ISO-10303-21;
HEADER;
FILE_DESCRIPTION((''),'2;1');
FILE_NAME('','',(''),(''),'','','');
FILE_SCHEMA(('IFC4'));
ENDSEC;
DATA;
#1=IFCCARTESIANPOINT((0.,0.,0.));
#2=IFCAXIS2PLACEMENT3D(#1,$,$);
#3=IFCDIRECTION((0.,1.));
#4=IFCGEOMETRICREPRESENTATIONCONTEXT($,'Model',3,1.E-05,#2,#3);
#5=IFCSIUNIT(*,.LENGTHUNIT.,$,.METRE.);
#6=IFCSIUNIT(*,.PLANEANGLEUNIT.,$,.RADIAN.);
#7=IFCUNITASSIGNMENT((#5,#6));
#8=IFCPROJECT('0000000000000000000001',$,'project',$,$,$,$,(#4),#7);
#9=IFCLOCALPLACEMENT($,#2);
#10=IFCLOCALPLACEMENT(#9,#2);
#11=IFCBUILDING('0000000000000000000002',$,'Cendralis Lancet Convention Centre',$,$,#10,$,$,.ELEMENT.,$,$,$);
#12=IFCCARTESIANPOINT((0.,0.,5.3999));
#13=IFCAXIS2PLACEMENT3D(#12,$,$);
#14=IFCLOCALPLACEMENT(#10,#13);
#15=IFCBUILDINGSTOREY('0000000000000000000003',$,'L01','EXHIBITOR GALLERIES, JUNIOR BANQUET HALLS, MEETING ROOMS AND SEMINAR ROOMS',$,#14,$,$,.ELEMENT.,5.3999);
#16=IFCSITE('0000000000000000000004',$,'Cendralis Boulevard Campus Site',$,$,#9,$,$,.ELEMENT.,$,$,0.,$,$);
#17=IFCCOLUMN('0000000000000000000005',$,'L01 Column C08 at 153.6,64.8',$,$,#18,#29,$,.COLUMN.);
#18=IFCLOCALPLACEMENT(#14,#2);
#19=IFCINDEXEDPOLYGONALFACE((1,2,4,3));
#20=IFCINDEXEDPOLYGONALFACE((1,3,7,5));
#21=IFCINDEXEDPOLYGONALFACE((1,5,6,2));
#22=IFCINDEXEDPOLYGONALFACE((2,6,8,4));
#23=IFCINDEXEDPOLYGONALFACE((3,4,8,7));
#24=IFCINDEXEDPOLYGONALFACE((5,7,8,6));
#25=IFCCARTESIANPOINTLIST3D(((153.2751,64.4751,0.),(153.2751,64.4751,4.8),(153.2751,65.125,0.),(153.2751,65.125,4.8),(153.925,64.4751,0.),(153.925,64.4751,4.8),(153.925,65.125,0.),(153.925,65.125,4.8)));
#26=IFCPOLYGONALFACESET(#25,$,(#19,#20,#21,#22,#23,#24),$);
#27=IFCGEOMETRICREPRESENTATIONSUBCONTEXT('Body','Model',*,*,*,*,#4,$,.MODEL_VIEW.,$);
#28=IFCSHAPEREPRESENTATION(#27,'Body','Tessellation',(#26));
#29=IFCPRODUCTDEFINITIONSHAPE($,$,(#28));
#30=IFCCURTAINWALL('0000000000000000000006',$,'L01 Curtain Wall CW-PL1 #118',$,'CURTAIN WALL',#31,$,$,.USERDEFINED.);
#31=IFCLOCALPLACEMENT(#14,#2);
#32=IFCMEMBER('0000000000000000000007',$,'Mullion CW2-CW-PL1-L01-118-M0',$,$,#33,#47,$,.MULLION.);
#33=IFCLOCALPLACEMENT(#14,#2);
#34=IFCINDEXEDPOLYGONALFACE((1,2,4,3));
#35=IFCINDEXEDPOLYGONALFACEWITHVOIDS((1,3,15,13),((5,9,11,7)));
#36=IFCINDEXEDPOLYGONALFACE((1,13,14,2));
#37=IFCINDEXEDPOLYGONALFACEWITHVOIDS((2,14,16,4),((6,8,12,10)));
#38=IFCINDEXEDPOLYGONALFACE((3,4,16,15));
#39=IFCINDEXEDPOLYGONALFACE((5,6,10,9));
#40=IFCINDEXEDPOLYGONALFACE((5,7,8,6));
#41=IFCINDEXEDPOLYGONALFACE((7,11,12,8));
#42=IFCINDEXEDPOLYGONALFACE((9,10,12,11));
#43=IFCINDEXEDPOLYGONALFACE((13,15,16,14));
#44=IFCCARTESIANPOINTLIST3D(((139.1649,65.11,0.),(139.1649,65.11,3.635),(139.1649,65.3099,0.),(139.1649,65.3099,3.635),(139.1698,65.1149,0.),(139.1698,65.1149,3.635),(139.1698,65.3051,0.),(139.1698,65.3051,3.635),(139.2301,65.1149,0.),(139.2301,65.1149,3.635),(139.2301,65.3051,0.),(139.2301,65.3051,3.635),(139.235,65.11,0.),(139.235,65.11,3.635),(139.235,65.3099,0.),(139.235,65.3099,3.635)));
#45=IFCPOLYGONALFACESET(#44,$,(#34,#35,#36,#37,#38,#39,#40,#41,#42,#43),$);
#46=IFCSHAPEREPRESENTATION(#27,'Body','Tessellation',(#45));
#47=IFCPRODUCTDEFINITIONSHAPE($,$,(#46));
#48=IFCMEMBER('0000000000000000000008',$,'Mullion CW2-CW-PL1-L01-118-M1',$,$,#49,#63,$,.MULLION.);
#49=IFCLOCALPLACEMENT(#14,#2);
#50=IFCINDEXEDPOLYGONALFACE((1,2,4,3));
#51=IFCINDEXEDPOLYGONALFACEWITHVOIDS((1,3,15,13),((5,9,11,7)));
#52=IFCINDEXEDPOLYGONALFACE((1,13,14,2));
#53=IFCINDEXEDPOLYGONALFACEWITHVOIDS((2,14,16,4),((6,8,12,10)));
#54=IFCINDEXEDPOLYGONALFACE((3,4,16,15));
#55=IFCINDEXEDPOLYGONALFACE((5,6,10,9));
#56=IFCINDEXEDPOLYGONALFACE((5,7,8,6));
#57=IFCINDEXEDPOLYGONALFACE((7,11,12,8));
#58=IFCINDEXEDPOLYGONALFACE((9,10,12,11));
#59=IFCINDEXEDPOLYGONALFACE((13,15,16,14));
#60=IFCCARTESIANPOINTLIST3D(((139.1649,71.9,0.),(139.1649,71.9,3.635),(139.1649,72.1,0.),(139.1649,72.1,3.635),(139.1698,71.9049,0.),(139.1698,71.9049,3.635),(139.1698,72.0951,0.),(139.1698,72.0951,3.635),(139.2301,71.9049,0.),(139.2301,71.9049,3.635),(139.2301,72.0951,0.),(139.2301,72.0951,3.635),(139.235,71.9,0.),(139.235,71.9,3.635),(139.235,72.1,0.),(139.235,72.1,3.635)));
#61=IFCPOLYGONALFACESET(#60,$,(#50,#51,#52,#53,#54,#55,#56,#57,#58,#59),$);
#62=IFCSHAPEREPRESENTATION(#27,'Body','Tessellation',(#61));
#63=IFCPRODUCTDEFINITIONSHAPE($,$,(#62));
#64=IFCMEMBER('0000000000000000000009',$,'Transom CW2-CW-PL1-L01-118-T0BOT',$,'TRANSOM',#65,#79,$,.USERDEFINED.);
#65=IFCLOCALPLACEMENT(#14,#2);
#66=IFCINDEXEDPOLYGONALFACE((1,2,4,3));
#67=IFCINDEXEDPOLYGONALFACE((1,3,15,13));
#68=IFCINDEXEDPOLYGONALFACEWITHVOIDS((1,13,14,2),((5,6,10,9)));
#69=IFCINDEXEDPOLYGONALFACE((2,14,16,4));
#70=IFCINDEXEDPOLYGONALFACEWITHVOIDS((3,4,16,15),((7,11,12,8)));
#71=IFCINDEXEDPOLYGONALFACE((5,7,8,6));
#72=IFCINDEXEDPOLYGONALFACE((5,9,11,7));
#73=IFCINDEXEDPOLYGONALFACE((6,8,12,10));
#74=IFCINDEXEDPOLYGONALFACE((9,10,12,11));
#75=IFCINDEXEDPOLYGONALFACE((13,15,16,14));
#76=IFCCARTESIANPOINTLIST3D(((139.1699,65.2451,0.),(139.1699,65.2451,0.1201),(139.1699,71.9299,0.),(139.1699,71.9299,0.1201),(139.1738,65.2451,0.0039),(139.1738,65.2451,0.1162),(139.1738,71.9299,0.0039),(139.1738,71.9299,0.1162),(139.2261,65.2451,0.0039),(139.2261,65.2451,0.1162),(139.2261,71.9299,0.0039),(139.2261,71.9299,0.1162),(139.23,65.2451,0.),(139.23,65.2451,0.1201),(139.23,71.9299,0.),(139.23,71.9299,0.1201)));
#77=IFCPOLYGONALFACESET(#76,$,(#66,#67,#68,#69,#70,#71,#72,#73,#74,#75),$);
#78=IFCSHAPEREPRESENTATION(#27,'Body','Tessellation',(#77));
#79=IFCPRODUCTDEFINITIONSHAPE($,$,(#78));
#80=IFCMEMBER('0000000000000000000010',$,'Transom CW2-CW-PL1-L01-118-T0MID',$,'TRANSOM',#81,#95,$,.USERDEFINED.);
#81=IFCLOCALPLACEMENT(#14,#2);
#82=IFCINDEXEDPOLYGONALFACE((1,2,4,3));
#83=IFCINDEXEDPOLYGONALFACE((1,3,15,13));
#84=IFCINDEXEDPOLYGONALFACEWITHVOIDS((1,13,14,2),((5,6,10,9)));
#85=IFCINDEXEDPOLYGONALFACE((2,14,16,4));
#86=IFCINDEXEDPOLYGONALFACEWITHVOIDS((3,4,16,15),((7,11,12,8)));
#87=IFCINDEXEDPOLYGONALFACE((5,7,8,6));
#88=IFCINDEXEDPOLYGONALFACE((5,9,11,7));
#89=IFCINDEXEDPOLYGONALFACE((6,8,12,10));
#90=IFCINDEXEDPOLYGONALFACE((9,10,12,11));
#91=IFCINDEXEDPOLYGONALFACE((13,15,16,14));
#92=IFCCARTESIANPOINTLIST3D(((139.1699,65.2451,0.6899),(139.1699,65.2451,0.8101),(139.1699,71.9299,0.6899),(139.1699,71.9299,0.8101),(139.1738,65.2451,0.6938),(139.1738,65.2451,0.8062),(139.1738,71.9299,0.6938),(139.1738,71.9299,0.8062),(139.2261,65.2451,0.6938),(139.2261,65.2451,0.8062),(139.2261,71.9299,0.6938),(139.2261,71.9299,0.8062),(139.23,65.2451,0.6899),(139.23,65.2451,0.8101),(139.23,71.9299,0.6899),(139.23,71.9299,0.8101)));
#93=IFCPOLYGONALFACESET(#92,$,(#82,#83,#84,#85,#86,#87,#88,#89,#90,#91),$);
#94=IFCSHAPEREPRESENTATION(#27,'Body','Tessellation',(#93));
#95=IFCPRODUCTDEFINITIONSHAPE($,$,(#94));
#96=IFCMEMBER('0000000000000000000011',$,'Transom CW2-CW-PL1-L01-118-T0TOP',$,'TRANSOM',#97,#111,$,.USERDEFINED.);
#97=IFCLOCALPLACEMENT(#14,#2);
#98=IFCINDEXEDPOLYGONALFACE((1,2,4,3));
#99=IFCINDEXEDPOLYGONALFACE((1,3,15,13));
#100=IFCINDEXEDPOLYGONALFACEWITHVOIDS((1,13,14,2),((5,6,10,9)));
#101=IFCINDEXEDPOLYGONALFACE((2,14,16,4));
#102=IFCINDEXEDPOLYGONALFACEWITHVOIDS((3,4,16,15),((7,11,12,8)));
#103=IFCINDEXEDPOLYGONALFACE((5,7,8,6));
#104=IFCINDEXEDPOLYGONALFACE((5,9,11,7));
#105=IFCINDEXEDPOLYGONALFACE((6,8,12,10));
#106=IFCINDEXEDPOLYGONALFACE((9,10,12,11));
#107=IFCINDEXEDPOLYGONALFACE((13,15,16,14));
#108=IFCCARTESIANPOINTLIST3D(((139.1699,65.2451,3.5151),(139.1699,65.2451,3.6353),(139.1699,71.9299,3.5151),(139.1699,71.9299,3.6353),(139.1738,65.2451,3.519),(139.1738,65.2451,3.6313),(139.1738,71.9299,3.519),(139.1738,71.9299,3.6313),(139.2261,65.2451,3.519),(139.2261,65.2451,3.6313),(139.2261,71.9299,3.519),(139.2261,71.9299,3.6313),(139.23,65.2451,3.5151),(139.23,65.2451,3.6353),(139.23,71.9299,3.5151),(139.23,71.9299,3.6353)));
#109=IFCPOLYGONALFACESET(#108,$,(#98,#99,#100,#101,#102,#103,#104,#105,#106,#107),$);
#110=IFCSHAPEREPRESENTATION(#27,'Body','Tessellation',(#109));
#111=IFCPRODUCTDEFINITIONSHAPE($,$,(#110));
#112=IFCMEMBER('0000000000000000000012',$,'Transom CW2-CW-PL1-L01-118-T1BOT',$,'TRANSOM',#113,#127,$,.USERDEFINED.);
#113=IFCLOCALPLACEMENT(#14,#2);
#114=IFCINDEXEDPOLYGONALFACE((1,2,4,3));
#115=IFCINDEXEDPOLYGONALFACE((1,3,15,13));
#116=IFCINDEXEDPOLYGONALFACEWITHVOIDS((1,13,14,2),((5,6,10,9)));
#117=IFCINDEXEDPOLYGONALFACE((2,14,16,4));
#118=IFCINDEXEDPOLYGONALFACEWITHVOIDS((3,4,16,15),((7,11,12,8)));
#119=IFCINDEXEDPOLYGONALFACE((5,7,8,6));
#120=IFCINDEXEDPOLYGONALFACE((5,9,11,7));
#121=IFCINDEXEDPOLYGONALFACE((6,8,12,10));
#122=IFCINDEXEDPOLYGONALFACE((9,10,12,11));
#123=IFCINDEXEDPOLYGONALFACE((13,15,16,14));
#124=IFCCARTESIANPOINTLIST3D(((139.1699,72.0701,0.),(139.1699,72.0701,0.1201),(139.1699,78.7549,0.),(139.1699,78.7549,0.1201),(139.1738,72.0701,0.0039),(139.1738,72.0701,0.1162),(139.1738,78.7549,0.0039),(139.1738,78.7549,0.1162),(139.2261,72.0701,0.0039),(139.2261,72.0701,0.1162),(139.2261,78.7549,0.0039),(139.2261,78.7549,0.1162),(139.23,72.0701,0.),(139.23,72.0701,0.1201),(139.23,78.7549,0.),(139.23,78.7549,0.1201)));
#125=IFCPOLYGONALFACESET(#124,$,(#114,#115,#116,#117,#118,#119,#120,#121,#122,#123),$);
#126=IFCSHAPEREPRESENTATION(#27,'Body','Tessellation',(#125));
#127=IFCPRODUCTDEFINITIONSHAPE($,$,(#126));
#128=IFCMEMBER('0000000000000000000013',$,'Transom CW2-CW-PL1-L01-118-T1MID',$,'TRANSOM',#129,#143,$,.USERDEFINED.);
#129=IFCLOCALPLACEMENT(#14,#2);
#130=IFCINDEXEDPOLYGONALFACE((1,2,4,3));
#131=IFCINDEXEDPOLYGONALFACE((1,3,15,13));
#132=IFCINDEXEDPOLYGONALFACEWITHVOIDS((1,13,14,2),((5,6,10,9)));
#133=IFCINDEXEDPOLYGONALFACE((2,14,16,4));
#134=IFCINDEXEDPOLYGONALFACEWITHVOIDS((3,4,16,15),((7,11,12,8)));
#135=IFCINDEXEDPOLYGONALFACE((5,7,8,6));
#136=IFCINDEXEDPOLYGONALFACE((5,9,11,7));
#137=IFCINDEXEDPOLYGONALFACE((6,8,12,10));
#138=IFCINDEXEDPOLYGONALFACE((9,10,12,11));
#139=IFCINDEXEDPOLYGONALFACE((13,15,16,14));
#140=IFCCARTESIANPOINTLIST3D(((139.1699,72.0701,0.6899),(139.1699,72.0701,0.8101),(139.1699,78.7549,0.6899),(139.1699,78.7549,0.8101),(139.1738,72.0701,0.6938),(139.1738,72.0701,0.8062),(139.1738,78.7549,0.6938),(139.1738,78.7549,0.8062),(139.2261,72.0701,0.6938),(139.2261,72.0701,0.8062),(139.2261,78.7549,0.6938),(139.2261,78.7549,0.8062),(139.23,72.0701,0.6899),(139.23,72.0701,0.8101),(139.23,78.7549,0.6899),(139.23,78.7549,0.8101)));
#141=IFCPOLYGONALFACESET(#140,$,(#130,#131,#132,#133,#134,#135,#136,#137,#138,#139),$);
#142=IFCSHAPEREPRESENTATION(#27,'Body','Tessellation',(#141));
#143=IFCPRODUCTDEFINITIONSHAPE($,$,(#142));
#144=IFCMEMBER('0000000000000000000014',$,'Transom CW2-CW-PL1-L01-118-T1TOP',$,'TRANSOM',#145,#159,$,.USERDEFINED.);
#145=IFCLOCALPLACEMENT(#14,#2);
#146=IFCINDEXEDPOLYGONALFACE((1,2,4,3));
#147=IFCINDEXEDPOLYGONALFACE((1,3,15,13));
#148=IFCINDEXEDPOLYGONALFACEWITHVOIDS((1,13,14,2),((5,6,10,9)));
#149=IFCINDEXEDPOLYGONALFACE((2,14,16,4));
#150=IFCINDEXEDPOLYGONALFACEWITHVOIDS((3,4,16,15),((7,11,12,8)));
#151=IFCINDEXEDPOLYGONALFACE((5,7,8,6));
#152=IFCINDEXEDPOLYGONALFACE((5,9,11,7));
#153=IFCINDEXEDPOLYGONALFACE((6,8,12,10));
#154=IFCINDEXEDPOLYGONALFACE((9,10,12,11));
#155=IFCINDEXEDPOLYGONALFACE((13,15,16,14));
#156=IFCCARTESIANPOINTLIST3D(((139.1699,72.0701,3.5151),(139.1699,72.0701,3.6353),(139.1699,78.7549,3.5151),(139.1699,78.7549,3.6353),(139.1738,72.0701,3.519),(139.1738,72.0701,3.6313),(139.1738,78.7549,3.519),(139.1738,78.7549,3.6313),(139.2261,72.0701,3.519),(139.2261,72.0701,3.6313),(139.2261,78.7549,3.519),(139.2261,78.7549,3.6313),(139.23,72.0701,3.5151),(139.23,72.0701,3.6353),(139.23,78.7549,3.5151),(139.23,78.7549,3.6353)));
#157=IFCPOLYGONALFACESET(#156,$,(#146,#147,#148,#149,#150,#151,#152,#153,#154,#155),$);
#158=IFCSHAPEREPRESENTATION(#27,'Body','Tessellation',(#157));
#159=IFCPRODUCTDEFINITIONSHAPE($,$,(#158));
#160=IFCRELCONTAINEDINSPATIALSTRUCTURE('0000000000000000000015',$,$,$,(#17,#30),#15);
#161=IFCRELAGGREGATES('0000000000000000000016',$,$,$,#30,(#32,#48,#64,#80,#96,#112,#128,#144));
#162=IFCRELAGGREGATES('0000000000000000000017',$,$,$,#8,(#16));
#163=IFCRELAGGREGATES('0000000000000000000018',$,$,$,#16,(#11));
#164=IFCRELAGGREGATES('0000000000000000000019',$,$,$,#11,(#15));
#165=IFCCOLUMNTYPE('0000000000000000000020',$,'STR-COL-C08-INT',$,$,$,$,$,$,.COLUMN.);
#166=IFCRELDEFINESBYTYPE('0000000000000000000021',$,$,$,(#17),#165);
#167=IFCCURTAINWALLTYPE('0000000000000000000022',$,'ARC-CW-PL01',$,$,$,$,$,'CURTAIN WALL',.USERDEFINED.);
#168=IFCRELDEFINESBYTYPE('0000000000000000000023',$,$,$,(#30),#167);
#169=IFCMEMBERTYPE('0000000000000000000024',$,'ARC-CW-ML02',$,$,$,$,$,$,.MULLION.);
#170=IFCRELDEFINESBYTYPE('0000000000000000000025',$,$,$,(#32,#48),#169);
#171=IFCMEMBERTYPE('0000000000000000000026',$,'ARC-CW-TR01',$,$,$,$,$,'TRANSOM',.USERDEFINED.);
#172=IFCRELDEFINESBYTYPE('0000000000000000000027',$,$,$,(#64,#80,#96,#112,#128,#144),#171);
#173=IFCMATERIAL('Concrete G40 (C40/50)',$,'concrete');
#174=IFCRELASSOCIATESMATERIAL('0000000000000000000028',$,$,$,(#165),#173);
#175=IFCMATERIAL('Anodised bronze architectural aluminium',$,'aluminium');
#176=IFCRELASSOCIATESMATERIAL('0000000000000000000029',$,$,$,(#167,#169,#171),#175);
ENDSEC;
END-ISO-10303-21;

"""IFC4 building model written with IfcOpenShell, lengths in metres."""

from ifc_helpers import new_model, si_unit, direction, frame, origin, origin_2d, place, context, subcontext, project, spatial, rectangle, hollow_rectangle, extrude, material, material_profile, profile_set, type_object, element, aggregate, save


model = new_model("IFC4")

# Units and contexts
model_context = context("Model", 3, precision=1e-05, world=origin(), true_north=direction((0.0, 1.0)))
body_context = subcontext(model_context, "Body", "Model", "MODEL_VIEW")
ifc_project = project(units=[si_unit("LENGTHUNIT", "METRE"), si_unit("PLANEANGLEUNIT", "RADIAN")], contexts=[model_context])

# Site, building, storey
site_placement = place(None, origin())
site = spatial("IfcSite", under=ifc_project, at=site_placement, Name="Cendralis Boulevard Campus Site", CompositionType="ELEMENT", RefElevation=0.0)
building_placement = place(site_placement, origin())
building = spatial("IfcBuilding", under=site, at=building_placement, Name="Cendralis Lancet Convention Centre", CompositionType="ELEMENT")
storey_placement = place(building_placement, frame((0.0, 0.0, 5.3999)))
storey = spatial("IfcBuildingStorey", under=building, at=storey_placement, Name="L01", Description="EXHIBITOR GALLERIES, JUNIOR BANQUET HALLS, MEETING ROOMS AND SEMINAR ROOMS", CompositionType="ELEMENT", Elevation=5.3999)

# Column
ifc_material_1 = material(Name="Concrete G40 (C40/50)", Category="concrete")
ifc_material_profile_1 = material_profile(ifc_material_1, rectangle(XDim=0.6499, YDim=0.6499, at=origin_2d()), Name="RC 650x650")
ifc_profile_set_1 = profile_set([ifc_material_profile_1], Name="Concrete G40 (C40/50)")
column_type = type_object("IfcColumnType", Name="STR-COL-C08-INT", PredefinedType="COLUMN", material=ifc_profile_set_1)
column_placement = place(storey_placement, frame((153.6001, 64.8, 0.0), z_axis=(0.0, 0.0, 1.0), x_axis=(1.0, 0.0, 0.0)))
element("IfcColumn", 1, at=column_placement, inside=storey, type_object=column_type, Name="L01 Column C08 at 153.6,64.8", PredefinedType="COLUMN", context=body_context, shape_type="SweptSolid", body=[
    extrude(rectangle(XDim=0.6499, YDim=0.6499, at=origin_2d()), origin(), (0.0, 0.0, 1.0), 4.8),
])

# Curtain wall, members
ifc_material_2 = material(Name="Anodised bronze architectural aluminium", Category="aluminium")
curtain_wall_type = type_object("IfcCurtainWallType", Name="ARC-CW-PL01", ElementType="CURTAIN WALL", PredefinedType="USERDEFINED", material=ifc_material_2)
curtain_wall_placement = place(storey_placement, origin())
curtain_wall = element("IfcCurtainWall", 2, at=curtain_wall_placement, inside=storey, type_object=curtain_wall_type, Name="L01 Curtain Wall CW-PL1 #118", ObjectType="CURTAIN WALL", PredefinedType="USERDEFINED")
ifc_material_profile_2 = material_profile(ifc_material_2, hollow_rectangle(XDim=0.0701, YDim=0.2, WallThickness=0.0049, at=origin_2d()), Name="AL-MULL 70x200x5.0")
ifc_profile_set_2 = profile_set([ifc_material_profile_2], Name="Anodised bronze architectural aluminium")
member_type_1 = type_object("IfcMemberType", Name="ARC-CW-ML02", PredefinedType="MULLION", material=ifc_profile_set_2)
member_1_placement = place(storey_placement, frame((139.2, 65.21, 0.0), z_axis=(0.0, 0.0, 1.0), x_axis=(1.0, 0.0, 0.0)))
member_1 = element("IfcMember", 3, at=member_1_placement, type_object=member_type_1, Name="Mullion CW2-CW-PL1-L01-118-M0", PredefinedType="MULLION", context=body_context, shape_type="SweptSolid", body=[
    extrude(hollow_rectangle(XDim=0.0701, YDim=0.2, WallThickness=0.0049, at=origin_2d()), origin(), (0.0, 0.0, 1.0), 3.635),
])
member_2_placement = place(storey_placement, frame((139.2, 72.0, 0.0), z_axis=(0.0, 0.0, 1.0), x_axis=(1.0, 0.0, 0.0)))
member_2 = element("IfcMember", 4, at=member_2_placement, type_object=member_type_1, Name="Mullion CW2-CW-PL1-L01-118-M1", PredefinedType="MULLION", context=body_context, shape_type="SweptSolid", body=[
    extrude(hollow_rectangle(XDim=0.0701, YDim=0.2, WallThickness=0.0049, at=origin_2d()), origin(), (0.0, 0.0, 1.0), 3.635),
])
ifc_material_profile_3 = material_profile(ifc_material_2, hollow_rectangle(XDim=0.0601, YDim=0.1201, WallThickness=0.0039, at=origin_2d()), Name="AL-TRAN 60x120x4.0")
ifc_profile_set_3 = profile_set([ifc_material_profile_3], Name="Anodised bronze architectural aluminium")
member_type_2 = type_object("IfcMemberType", Name="ARC-CW-TR01", ElementType="TRANSOM", PredefinedType="USERDEFINED", material=ifc_profile_set_3)
member_3_placement = place(storey_placement, frame((139.2, 65.2451, 0.0601), z_axis=(0.0, 1.0, 0.0), x_axis=(-1.0, 0.0, 0.0)))
member_3 = element("IfcMember", 5, at=member_3_placement, type_object=member_type_2, Name="Transom CW2-CW-PL1-L01-118-T0BOT", ObjectType="TRANSOM", PredefinedType="USERDEFINED", context=body_context, shape_type="SweptSolid", body=[
    extrude(hollow_rectangle(XDim=0.0601, YDim=0.1201, WallThickness=0.0039, at=origin_2d()), origin(), (0.0, 0.0, 1.0), 6.6848),
])
member_4_placement = place(storey_placement, frame((139.2, 65.2451, 0.75), z_axis=(0.0, 1.0, 0.0), x_axis=(-1.0, 0.0, 0.0)))
member_4 = element("IfcMember", 6, at=member_4_placement, type_object=member_type_2, Name="Transom CW2-CW-PL1-L01-118-T0MID", ObjectType="TRANSOM", PredefinedType="USERDEFINED", context=body_context, shape_type="SweptSolid", body=[
    extrude(hollow_rectangle(XDim=0.0601, YDim=0.1201, WallThickness=0.0039, at=origin_2d()), origin(), (0.0, 0.0, 1.0), 6.6848),
])
member_5_placement = place(storey_placement, frame((139.2, 65.2451, 3.5752), z_axis=(0.0, 1.0, 0.0), x_axis=(-1.0, 0.0, 0.0)))
member_5 = element("IfcMember", 7, at=member_5_placement, type_object=member_type_2, Name="Transom CW2-CW-PL1-L01-118-T0TOP", ObjectType="TRANSOM", PredefinedType="USERDEFINED", context=body_context, shape_type="SweptSolid", body=[
    extrude(hollow_rectangle(XDim=0.0601, YDim=0.1201, WallThickness=0.0039, at=origin_2d()), origin(), (0.0, 0.0, 1.0), 6.6848),
])
member_6_placement = place(storey_placement, frame((139.2, 72.0701, 0.0601), z_axis=(0.0, 1.0, 0.0), x_axis=(-1.0, 0.0, 0.0)))
member_6 = element("IfcMember", 8, at=member_6_placement, type_object=member_type_2, Name="Transom CW2-CW-PL1-L01-118-T1BOT", ObjectType="TRANSOM", PredefinedType="USERDEFINED", context=body_context, shape_type="SweptSolid", body=[
    extrude(hollow_rectangle(XDim=0.0601, YDim=0.1201, WallThickness=0.0039, at=origin_2d()), origin(), (0.0, 0.0, 1.0), 6.6848),
])
member_7_placement = place(storey_placement, frame((139.2, 72.0701, 0.75), z_axis=(0.0, 1.0, 0.0), x_axis=(-1.0, 0.0, 0.0)))
member_7 = element("IfcMember", 9, at=member_7_placement, type_object=member_type_2, Name="Transom CW2-CW-PL1-L01-118-T1MID", ObjectType="TRANSOM", PredefinedType="USERDEFINED", context=body_context, shape_type="SweptSolid", body=[
    extrude(hollow_rectangle(XDim=0.0601, YDim=0.1201, WallThickness=0.0039, at=origin_2d()), origin(), (0.0, 0.0, 1.0), 6.6848),
])
member_8_placement = place(storey_placement, frame((139.2, 72.0701, 3.5752), z_axis=(0.0, 1.0, 0.0), x_axis=(-1.0, 0.0, 0.0)))
member_8 = element("IfcMember", 10, at=member_8_placement, type_object=member_type_2, Name="Transom CW2-CW-PL1-L01-118-T1TOP", ObjectType="TRANSOM", PredefinedType="USERDEFINED", context=body_context, shape_type="SweptSolid", body=[
    extrude(hollow_rectangle(XDim=0.0601, YDim=0.1201, WallThickness=0.0039, at=origin_2d()), origin(), (0.0, 0.0, 1.0), 6.6848),
])

aggregate(curtain_wall, [member_1, member_2, member_3, member_4, member_5, member_6, member_7, member_8])

save(model, "model.ifc")
